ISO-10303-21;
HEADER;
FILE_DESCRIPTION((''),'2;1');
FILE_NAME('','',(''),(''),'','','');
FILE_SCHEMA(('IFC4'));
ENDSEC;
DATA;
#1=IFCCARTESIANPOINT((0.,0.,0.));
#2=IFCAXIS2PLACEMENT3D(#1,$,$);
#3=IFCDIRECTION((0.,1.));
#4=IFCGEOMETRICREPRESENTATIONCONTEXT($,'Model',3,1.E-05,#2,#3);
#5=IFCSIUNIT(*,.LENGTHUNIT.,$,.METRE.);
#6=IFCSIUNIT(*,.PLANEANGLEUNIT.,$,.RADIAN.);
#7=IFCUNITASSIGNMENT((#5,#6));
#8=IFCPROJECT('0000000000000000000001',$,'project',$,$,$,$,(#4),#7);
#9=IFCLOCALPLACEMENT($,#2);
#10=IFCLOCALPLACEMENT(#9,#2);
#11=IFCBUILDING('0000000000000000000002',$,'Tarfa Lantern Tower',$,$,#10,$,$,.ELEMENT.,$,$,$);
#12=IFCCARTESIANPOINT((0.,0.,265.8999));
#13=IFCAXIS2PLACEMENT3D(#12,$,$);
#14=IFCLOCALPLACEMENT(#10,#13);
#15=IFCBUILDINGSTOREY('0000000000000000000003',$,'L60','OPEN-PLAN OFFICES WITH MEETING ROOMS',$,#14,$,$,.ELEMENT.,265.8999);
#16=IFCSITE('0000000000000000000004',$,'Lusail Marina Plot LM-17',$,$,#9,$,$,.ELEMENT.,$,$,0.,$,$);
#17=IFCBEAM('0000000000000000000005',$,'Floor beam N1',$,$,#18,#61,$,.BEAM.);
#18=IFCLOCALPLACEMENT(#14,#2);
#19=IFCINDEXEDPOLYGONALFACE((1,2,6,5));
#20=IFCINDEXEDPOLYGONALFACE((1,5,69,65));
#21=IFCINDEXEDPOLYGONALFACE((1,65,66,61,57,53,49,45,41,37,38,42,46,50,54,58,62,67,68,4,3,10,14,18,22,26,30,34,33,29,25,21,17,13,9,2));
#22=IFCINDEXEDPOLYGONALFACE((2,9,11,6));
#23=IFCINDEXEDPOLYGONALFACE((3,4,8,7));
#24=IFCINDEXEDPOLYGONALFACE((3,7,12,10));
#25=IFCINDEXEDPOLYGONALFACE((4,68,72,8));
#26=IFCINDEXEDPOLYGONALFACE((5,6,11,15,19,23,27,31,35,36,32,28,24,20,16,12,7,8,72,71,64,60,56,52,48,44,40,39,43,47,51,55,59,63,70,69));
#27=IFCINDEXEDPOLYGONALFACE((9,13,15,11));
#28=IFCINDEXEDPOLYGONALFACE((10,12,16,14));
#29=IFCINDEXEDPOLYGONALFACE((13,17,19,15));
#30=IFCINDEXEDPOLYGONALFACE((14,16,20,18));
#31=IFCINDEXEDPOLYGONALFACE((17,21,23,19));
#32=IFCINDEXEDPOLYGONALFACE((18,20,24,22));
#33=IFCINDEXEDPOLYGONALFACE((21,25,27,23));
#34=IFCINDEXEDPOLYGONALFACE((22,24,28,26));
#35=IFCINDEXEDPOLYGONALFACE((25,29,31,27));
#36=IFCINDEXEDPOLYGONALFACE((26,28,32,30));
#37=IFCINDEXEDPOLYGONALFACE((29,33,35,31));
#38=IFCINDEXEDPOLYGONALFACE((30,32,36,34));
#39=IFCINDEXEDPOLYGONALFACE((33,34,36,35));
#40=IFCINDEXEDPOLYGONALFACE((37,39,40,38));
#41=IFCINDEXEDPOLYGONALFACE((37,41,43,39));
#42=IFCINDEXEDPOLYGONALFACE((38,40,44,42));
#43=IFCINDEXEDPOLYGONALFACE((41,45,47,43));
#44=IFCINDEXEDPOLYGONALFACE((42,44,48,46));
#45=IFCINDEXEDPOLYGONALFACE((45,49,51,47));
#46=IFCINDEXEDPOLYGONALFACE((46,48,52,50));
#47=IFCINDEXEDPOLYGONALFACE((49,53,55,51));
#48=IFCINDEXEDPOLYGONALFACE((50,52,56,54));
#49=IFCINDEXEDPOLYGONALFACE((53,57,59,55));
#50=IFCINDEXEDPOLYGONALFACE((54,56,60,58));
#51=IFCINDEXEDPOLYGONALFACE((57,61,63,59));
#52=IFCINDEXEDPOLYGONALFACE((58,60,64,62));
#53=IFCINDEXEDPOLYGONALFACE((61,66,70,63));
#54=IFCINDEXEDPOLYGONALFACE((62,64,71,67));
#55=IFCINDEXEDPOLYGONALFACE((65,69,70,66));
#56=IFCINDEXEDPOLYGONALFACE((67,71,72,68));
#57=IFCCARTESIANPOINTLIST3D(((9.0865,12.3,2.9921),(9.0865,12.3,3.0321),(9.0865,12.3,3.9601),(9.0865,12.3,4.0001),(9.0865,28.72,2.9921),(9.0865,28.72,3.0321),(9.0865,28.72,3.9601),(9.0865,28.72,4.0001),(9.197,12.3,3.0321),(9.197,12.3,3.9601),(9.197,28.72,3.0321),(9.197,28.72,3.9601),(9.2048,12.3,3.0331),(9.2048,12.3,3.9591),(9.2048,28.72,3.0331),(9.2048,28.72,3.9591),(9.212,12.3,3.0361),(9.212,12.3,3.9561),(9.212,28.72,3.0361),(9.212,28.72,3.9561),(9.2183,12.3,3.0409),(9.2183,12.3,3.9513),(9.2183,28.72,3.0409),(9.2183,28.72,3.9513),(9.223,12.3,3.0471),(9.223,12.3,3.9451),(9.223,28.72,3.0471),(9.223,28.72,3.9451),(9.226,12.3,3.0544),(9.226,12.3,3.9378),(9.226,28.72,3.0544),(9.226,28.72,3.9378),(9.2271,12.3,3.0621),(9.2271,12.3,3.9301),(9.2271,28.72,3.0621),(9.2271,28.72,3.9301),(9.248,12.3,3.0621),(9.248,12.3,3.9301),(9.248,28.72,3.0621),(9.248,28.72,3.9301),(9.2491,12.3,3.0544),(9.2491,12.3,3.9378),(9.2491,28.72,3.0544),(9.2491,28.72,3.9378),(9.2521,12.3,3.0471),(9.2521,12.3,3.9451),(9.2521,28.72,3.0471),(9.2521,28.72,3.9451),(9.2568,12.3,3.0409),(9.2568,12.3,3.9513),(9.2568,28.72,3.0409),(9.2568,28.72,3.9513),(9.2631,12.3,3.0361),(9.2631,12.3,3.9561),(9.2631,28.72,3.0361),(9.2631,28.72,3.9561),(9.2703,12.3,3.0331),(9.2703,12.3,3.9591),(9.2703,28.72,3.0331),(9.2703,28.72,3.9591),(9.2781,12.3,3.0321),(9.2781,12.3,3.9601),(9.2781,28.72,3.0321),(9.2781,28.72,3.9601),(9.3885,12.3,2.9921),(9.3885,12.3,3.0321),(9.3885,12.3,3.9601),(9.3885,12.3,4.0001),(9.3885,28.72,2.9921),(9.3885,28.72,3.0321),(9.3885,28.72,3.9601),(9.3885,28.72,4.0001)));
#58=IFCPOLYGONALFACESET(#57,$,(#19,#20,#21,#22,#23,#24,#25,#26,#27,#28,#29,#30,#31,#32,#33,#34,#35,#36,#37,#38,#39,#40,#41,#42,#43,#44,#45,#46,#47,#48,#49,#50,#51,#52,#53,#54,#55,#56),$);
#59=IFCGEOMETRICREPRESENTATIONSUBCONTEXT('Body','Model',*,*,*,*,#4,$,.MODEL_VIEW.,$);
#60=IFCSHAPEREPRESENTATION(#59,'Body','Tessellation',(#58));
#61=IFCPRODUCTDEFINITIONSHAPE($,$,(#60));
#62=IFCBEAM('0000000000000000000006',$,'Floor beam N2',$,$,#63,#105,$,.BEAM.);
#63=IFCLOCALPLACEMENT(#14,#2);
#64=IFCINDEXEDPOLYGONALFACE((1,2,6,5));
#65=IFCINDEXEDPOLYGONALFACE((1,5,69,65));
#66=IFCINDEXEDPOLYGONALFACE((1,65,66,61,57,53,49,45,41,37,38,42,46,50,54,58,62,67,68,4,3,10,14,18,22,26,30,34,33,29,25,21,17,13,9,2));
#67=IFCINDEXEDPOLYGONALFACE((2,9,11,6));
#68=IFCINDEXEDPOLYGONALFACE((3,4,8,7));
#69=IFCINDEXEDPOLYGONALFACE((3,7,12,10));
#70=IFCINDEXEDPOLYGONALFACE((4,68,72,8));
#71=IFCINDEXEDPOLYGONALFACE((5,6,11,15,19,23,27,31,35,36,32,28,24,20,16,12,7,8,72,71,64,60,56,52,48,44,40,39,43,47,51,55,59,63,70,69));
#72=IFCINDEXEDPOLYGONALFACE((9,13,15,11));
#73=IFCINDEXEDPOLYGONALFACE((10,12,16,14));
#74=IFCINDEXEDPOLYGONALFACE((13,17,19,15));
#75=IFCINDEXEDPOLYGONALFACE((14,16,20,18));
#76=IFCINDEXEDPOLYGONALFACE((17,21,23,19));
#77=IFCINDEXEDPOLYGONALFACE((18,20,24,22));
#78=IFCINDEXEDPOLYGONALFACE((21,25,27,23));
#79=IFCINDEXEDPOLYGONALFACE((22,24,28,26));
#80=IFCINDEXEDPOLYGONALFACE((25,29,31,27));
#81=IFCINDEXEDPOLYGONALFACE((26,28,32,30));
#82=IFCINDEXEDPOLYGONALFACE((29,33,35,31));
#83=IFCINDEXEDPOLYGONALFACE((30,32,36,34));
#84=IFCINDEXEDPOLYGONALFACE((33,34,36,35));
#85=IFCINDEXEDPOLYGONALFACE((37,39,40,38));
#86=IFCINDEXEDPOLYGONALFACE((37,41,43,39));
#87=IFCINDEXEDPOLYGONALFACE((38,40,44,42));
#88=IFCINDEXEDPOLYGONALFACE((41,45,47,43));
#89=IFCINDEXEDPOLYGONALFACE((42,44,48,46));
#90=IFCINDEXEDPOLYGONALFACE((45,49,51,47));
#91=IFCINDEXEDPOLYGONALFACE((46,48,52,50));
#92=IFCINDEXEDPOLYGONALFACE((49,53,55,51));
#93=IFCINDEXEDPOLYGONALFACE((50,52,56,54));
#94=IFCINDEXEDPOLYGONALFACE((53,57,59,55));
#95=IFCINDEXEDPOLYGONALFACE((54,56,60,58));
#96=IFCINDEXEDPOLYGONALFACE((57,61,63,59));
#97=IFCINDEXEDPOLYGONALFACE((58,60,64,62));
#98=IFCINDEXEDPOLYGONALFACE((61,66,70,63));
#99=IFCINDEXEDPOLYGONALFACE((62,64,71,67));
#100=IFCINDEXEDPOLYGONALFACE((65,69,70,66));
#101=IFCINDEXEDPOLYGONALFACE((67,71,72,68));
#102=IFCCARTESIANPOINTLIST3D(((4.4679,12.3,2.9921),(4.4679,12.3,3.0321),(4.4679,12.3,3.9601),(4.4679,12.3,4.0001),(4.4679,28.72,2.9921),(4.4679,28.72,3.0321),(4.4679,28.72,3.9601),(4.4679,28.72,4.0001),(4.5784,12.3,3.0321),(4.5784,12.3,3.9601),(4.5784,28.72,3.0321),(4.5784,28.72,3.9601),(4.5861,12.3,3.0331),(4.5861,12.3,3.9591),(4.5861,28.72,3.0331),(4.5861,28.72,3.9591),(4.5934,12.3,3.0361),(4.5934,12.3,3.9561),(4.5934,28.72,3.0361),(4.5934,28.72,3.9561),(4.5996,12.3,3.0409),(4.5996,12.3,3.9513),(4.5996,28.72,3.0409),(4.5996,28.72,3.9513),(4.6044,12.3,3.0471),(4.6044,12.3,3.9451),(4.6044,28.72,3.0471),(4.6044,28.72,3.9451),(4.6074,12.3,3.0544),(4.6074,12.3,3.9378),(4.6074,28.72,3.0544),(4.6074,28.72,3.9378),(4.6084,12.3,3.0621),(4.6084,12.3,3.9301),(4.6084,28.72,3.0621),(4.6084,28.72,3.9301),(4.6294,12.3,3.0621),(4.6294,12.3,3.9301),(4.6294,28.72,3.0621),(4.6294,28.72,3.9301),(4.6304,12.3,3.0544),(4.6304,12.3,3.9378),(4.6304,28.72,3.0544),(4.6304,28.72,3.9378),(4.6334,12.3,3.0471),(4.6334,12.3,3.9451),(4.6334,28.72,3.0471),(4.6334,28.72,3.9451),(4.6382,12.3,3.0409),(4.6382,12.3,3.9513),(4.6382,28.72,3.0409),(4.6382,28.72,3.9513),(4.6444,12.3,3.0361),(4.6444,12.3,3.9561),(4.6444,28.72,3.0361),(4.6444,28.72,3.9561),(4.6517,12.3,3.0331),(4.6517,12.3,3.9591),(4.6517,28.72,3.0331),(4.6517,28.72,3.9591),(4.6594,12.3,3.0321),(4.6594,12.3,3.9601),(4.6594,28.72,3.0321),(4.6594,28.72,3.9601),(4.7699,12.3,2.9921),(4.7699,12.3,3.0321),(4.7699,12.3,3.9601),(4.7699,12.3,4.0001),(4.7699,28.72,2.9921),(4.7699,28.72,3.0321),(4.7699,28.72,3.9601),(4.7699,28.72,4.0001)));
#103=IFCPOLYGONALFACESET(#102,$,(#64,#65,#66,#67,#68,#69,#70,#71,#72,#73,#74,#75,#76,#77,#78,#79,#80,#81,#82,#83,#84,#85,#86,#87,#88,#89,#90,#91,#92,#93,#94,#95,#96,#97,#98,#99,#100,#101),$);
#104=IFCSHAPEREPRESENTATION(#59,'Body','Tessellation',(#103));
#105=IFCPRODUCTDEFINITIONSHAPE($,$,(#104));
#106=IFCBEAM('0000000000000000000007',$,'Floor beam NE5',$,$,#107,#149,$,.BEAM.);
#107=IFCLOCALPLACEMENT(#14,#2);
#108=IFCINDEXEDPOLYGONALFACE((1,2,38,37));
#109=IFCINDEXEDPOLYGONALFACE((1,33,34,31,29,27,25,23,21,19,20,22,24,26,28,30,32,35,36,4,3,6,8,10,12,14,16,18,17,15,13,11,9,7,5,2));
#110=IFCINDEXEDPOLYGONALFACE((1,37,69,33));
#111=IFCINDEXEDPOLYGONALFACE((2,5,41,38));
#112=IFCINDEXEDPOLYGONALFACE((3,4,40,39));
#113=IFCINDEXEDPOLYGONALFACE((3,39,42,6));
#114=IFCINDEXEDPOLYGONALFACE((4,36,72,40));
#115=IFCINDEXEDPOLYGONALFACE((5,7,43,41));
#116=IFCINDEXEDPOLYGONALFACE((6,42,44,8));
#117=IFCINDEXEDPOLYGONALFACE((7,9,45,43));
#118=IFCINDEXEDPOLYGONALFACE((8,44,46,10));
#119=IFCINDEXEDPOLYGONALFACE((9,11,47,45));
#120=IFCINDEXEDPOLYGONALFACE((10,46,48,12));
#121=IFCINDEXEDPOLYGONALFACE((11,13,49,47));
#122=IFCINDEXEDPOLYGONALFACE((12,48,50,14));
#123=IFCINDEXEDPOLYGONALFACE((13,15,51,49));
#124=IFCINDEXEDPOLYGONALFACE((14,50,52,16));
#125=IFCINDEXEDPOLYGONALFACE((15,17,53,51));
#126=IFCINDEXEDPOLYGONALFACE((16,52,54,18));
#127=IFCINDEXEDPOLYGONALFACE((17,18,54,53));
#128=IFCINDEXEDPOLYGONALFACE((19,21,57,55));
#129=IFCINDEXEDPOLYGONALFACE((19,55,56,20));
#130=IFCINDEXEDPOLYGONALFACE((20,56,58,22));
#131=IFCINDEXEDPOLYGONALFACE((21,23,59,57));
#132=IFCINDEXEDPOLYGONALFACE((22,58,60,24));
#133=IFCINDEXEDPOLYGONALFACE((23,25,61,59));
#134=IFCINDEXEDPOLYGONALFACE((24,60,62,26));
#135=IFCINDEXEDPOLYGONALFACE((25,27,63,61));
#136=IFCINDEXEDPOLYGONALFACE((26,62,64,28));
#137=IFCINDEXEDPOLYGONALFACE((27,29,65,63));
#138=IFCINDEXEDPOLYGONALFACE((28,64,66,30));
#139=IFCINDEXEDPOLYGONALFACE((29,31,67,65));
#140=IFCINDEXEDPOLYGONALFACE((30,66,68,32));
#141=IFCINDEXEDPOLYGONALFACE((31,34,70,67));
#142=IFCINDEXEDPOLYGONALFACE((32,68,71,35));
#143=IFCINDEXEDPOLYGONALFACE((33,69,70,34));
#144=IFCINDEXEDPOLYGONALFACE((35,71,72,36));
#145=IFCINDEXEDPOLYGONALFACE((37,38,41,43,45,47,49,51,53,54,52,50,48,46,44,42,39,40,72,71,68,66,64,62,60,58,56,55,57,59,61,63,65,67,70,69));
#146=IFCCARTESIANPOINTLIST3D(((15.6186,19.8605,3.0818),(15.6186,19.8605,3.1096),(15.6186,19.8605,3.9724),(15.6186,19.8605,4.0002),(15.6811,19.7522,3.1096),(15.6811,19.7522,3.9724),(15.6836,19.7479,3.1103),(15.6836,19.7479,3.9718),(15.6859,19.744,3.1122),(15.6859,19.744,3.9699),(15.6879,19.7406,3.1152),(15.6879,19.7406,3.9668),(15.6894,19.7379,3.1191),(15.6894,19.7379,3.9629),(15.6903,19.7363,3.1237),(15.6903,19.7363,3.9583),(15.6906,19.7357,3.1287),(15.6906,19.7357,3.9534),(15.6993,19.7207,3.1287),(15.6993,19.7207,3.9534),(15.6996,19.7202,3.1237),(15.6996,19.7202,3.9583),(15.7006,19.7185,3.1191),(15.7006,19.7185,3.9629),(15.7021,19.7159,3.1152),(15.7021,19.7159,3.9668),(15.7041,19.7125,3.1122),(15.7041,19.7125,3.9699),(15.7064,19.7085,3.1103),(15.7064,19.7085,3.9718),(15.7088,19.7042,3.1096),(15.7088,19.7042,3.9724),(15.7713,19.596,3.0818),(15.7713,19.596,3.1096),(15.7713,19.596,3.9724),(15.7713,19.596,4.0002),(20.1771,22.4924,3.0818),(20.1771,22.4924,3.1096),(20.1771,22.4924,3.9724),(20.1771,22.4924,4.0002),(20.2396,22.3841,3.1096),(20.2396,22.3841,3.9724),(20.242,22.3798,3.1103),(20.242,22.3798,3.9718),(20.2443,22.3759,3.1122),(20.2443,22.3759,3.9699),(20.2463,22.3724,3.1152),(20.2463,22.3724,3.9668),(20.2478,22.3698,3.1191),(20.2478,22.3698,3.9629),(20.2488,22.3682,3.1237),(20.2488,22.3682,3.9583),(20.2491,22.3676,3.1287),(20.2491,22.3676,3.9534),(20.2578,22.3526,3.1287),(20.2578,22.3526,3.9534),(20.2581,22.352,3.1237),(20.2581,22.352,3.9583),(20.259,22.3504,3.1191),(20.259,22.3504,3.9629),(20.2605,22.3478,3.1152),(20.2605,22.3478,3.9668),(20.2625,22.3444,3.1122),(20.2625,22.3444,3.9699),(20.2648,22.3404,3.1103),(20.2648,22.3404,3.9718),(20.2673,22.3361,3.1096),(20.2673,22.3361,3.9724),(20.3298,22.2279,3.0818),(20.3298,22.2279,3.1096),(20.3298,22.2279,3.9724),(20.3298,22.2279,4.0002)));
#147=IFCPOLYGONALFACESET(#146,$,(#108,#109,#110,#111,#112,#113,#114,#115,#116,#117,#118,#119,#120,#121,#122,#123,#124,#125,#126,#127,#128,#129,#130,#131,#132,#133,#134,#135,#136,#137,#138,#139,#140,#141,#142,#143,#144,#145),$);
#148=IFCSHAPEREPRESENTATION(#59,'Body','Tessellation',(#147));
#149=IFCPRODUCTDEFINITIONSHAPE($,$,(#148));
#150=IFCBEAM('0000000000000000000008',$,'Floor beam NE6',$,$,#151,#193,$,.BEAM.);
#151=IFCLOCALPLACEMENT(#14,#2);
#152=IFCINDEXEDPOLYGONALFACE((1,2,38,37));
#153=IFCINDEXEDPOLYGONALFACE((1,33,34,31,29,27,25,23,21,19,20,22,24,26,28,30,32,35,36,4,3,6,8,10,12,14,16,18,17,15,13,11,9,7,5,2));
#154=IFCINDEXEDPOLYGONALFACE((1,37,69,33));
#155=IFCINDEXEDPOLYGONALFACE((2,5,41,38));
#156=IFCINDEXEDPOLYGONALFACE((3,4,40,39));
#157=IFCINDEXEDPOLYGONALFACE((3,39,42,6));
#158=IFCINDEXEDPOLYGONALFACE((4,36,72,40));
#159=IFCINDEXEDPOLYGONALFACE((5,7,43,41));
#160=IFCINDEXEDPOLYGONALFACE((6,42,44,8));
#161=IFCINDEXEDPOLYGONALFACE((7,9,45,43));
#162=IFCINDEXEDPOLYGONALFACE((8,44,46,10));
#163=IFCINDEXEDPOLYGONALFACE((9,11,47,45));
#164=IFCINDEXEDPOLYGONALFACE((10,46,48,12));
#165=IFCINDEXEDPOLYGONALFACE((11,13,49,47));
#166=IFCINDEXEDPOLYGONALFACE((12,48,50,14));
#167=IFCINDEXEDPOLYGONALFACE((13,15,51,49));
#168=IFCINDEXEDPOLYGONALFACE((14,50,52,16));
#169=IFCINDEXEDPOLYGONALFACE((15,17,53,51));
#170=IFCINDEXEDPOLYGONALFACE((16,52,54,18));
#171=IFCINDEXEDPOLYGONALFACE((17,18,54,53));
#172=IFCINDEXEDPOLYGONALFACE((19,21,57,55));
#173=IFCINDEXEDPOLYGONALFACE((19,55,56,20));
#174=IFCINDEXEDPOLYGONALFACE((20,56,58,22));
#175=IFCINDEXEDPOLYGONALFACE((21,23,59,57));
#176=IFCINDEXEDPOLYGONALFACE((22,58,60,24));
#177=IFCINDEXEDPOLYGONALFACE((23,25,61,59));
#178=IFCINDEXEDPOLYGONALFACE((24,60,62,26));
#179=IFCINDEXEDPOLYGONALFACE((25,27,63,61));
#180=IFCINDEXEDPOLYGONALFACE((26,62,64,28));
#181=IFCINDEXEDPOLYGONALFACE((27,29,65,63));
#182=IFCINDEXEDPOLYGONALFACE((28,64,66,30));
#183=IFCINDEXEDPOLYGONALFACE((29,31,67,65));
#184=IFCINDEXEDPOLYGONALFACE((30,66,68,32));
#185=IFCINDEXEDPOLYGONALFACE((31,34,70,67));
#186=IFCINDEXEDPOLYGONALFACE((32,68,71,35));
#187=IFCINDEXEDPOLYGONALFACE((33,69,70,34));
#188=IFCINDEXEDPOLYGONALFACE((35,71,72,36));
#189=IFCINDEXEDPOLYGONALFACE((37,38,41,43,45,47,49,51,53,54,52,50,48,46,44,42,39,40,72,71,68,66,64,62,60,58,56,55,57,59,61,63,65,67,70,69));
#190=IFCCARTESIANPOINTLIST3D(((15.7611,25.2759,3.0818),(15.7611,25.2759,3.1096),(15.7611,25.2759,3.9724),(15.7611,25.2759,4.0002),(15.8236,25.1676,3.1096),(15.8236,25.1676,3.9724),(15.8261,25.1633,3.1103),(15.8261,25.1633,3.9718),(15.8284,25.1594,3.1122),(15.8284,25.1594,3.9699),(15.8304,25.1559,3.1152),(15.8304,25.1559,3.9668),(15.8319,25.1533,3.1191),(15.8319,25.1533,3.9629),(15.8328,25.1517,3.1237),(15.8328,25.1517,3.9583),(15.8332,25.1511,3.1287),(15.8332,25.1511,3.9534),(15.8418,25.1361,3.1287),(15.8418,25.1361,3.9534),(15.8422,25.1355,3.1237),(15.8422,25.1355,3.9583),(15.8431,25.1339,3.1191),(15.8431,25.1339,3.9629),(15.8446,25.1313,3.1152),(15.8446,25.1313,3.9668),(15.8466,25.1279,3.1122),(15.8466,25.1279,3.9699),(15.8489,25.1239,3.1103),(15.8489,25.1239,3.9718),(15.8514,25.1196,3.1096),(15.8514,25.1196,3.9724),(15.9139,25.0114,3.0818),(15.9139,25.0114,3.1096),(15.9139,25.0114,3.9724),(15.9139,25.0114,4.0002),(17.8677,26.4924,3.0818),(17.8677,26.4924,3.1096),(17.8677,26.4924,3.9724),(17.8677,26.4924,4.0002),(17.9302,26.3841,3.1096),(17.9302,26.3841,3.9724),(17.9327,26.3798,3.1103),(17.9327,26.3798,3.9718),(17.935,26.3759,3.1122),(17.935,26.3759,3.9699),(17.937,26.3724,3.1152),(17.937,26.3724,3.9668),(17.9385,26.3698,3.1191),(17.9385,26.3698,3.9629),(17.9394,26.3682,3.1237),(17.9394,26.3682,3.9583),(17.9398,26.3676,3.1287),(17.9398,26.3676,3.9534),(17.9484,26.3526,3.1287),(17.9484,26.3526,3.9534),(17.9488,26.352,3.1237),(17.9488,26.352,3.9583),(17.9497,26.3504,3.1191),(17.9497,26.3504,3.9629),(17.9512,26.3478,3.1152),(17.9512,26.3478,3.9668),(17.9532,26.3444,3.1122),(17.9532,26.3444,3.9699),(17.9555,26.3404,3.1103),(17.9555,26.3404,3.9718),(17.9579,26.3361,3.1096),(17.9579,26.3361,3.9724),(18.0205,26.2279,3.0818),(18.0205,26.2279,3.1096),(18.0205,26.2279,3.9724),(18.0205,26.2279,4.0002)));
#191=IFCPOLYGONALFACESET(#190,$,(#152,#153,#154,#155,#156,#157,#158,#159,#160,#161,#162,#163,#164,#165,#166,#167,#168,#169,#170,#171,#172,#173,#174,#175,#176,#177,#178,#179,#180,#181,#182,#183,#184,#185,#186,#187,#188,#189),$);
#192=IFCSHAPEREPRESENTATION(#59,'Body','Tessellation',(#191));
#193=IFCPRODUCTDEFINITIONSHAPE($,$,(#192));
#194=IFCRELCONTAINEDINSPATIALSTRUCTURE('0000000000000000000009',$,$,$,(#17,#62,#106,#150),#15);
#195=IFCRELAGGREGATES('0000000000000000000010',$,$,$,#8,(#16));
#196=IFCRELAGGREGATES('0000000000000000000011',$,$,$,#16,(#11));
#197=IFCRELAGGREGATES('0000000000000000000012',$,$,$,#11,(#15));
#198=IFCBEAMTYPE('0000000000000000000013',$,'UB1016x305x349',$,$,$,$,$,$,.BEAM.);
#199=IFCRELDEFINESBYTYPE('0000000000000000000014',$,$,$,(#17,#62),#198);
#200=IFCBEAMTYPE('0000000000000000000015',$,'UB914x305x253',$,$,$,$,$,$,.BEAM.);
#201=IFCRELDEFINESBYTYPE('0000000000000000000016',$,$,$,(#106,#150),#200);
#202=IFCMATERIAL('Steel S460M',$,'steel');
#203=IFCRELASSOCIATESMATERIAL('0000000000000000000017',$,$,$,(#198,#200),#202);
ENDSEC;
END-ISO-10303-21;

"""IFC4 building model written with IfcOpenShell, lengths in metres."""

from ifc_helpers import new_model, si_unit, direction, frame, origin, origin_2d, place, context, subcontext, project, spatial, i_section, extrude, material, material_profile, profile_set, type_object, element, save


model = new_model("IFC4")

# Units and contexts
model_context = context("Model", 3, precision=1e-05, world=origin(), true_north=direction((0.0, 1.0)))
body_context = subcontext(model_context, "Body", "Model", "MODEL_VIEW")
ifc_project = project(units=[si_unit("LENGTHUNIT", "METRE"), si_unit("PLANEANGLEUNIT", "RADIAN")], contexts=[model_context])

# Site, building, storey
site_placement = place(None, origin())
site = spatial("IfcSite", under=ifc_project, at=site_placement, Name="Lusail Marina Plot LM-17", CompositionType="ELEMENT", RefElevation=0.0)
building_placement = place(site_placement, origin())
building = spatial("IfcBuilding", under=site, at=building_placement, Name="Tarfa Lantern Tower", CompositionType="ELEMENT")
storey_placement = place(building_placement, frame((0.0, 0.0, 265.8999)))
storey = spatial("IfcBuildingStorey", under=building, at=storey_placement, Name="L60", Description="OPEN-PLAN OFFICES WITH MEETING ROOMS", CompositionType="ELEMENT", Elevation=265.8999)

# Beams
ifc_material_1 = material(Name="Steel S460M", Category="steel")
ifc_material_profile_1 = material_profile(ifc_material_1, i_section(OverallWidth=0.302, OverallDepth=1.0081, WebThickness=0.021, FlangeThickness=0.04, FilletRadius=0.03, at=origin_2d()), Name="UB1016x305x349")
ifc_profile_set_1 = profile_set([ifc_material_profile_1], Name="Steel S460M")
beam_type_1 = type_object("IfcBeamType", Name="UB1016x305x349", PredefinedType="BEAM", material=ifc_profile_set_1)
for number, where, z_axis, x_axis, name in (
    (1, (9.2375, 28.72, 3.4961), (0.0, -1.0, 0.0), (1.0, 0.0, 0.0), "Floor beam N1"),
    (2, (4.6189, 28.72, 3.4961), (0.0, -1.0, 0.0), (1.0, 0.0, 0.0), "Floor beam N2"),
):
    element("IfcBeam", number, at=place(storey_placement, frame(where, z_axis=z_axis, x_axis=x_axis)), inside=storey, type_object=beam_type_1, Name=name, PredefinedType="BEAM", context=body_context, shape_type="SweptSolid", body=[
        extrude(i_section(OverallWidth=0.302, OverallDepth=1.0081, WebThickness=0.021, FlangeThickness=0.04, FilletRadius=0.03, at=origin_2d()), origin(), (0.0, 0.0, 1.0), 16.4199),
    ])
ifc_material_profile_2 = material_profile(ifc_material_1, i_section(OverallWidth=0.3054, OverallDepth=0.9185, WebThickness=0.0173, FlangeThickness=0.0278, FilletRadius=0.019, at=origin_2d()), Name="UB914x305x253")
ifc_profile_set_2 = profile_set([ifc_material_profile_2], Name="Steel S460M")
beam_type_2 = type_object("IfcBeamType", Name="UB914x305x253", PredefinedType="BEAM", material=ifc_profile_set_2)
beam_1_placement = place(storey_placement, frame((20.2534, 22.3601, 3.541), z_axis=(-0.86602, -0.50001, 0.0), x_axis=(0.50001, -0.86602, 0.0)))
element("IfcBeam", 3, at=beam_1_placement, inside=storey, type_object=beam_type_2, Name="Floor beam NE5", PredefinedType="BEAM", context=body_context, shape_type="SweptSolid", body=[
    extrude(i_section(OverallWidth=0.3054, OverallDepth=0.9185, WebThickness=0.0173, FlangeThickness=0.0278, FilletRadius=0.019, at=origin_2d()), origin(), (0.0, 0.0, 1.0), 5.2637),
])
beam_2_placement = place(storey_placement, frame((17.9441, 26.3601, 3.541), z_axis=(-0.86598, -0.500079, 0.0), x_axis=(0.500079, -0.86598, 0.0)))
element("IfcBeam", 4, at=beam_2_placement, inside=storey, type_object=beam_type_2, Name="Floor beam NE6", PredefinedType="BEAM", context=body_context, shape_type="SweptSolid", body=[
    extrude(i_section(OverallWidth=0.3054, OverallDepth=0.9185, WebThickness=0.0173, FlangeThickness=0.0278, FilletRadius=0.019, at=origin_2d()), origin(), (0.0, 0.0, 1.0), 2.4326),
])

save(model, "model.ifc")
